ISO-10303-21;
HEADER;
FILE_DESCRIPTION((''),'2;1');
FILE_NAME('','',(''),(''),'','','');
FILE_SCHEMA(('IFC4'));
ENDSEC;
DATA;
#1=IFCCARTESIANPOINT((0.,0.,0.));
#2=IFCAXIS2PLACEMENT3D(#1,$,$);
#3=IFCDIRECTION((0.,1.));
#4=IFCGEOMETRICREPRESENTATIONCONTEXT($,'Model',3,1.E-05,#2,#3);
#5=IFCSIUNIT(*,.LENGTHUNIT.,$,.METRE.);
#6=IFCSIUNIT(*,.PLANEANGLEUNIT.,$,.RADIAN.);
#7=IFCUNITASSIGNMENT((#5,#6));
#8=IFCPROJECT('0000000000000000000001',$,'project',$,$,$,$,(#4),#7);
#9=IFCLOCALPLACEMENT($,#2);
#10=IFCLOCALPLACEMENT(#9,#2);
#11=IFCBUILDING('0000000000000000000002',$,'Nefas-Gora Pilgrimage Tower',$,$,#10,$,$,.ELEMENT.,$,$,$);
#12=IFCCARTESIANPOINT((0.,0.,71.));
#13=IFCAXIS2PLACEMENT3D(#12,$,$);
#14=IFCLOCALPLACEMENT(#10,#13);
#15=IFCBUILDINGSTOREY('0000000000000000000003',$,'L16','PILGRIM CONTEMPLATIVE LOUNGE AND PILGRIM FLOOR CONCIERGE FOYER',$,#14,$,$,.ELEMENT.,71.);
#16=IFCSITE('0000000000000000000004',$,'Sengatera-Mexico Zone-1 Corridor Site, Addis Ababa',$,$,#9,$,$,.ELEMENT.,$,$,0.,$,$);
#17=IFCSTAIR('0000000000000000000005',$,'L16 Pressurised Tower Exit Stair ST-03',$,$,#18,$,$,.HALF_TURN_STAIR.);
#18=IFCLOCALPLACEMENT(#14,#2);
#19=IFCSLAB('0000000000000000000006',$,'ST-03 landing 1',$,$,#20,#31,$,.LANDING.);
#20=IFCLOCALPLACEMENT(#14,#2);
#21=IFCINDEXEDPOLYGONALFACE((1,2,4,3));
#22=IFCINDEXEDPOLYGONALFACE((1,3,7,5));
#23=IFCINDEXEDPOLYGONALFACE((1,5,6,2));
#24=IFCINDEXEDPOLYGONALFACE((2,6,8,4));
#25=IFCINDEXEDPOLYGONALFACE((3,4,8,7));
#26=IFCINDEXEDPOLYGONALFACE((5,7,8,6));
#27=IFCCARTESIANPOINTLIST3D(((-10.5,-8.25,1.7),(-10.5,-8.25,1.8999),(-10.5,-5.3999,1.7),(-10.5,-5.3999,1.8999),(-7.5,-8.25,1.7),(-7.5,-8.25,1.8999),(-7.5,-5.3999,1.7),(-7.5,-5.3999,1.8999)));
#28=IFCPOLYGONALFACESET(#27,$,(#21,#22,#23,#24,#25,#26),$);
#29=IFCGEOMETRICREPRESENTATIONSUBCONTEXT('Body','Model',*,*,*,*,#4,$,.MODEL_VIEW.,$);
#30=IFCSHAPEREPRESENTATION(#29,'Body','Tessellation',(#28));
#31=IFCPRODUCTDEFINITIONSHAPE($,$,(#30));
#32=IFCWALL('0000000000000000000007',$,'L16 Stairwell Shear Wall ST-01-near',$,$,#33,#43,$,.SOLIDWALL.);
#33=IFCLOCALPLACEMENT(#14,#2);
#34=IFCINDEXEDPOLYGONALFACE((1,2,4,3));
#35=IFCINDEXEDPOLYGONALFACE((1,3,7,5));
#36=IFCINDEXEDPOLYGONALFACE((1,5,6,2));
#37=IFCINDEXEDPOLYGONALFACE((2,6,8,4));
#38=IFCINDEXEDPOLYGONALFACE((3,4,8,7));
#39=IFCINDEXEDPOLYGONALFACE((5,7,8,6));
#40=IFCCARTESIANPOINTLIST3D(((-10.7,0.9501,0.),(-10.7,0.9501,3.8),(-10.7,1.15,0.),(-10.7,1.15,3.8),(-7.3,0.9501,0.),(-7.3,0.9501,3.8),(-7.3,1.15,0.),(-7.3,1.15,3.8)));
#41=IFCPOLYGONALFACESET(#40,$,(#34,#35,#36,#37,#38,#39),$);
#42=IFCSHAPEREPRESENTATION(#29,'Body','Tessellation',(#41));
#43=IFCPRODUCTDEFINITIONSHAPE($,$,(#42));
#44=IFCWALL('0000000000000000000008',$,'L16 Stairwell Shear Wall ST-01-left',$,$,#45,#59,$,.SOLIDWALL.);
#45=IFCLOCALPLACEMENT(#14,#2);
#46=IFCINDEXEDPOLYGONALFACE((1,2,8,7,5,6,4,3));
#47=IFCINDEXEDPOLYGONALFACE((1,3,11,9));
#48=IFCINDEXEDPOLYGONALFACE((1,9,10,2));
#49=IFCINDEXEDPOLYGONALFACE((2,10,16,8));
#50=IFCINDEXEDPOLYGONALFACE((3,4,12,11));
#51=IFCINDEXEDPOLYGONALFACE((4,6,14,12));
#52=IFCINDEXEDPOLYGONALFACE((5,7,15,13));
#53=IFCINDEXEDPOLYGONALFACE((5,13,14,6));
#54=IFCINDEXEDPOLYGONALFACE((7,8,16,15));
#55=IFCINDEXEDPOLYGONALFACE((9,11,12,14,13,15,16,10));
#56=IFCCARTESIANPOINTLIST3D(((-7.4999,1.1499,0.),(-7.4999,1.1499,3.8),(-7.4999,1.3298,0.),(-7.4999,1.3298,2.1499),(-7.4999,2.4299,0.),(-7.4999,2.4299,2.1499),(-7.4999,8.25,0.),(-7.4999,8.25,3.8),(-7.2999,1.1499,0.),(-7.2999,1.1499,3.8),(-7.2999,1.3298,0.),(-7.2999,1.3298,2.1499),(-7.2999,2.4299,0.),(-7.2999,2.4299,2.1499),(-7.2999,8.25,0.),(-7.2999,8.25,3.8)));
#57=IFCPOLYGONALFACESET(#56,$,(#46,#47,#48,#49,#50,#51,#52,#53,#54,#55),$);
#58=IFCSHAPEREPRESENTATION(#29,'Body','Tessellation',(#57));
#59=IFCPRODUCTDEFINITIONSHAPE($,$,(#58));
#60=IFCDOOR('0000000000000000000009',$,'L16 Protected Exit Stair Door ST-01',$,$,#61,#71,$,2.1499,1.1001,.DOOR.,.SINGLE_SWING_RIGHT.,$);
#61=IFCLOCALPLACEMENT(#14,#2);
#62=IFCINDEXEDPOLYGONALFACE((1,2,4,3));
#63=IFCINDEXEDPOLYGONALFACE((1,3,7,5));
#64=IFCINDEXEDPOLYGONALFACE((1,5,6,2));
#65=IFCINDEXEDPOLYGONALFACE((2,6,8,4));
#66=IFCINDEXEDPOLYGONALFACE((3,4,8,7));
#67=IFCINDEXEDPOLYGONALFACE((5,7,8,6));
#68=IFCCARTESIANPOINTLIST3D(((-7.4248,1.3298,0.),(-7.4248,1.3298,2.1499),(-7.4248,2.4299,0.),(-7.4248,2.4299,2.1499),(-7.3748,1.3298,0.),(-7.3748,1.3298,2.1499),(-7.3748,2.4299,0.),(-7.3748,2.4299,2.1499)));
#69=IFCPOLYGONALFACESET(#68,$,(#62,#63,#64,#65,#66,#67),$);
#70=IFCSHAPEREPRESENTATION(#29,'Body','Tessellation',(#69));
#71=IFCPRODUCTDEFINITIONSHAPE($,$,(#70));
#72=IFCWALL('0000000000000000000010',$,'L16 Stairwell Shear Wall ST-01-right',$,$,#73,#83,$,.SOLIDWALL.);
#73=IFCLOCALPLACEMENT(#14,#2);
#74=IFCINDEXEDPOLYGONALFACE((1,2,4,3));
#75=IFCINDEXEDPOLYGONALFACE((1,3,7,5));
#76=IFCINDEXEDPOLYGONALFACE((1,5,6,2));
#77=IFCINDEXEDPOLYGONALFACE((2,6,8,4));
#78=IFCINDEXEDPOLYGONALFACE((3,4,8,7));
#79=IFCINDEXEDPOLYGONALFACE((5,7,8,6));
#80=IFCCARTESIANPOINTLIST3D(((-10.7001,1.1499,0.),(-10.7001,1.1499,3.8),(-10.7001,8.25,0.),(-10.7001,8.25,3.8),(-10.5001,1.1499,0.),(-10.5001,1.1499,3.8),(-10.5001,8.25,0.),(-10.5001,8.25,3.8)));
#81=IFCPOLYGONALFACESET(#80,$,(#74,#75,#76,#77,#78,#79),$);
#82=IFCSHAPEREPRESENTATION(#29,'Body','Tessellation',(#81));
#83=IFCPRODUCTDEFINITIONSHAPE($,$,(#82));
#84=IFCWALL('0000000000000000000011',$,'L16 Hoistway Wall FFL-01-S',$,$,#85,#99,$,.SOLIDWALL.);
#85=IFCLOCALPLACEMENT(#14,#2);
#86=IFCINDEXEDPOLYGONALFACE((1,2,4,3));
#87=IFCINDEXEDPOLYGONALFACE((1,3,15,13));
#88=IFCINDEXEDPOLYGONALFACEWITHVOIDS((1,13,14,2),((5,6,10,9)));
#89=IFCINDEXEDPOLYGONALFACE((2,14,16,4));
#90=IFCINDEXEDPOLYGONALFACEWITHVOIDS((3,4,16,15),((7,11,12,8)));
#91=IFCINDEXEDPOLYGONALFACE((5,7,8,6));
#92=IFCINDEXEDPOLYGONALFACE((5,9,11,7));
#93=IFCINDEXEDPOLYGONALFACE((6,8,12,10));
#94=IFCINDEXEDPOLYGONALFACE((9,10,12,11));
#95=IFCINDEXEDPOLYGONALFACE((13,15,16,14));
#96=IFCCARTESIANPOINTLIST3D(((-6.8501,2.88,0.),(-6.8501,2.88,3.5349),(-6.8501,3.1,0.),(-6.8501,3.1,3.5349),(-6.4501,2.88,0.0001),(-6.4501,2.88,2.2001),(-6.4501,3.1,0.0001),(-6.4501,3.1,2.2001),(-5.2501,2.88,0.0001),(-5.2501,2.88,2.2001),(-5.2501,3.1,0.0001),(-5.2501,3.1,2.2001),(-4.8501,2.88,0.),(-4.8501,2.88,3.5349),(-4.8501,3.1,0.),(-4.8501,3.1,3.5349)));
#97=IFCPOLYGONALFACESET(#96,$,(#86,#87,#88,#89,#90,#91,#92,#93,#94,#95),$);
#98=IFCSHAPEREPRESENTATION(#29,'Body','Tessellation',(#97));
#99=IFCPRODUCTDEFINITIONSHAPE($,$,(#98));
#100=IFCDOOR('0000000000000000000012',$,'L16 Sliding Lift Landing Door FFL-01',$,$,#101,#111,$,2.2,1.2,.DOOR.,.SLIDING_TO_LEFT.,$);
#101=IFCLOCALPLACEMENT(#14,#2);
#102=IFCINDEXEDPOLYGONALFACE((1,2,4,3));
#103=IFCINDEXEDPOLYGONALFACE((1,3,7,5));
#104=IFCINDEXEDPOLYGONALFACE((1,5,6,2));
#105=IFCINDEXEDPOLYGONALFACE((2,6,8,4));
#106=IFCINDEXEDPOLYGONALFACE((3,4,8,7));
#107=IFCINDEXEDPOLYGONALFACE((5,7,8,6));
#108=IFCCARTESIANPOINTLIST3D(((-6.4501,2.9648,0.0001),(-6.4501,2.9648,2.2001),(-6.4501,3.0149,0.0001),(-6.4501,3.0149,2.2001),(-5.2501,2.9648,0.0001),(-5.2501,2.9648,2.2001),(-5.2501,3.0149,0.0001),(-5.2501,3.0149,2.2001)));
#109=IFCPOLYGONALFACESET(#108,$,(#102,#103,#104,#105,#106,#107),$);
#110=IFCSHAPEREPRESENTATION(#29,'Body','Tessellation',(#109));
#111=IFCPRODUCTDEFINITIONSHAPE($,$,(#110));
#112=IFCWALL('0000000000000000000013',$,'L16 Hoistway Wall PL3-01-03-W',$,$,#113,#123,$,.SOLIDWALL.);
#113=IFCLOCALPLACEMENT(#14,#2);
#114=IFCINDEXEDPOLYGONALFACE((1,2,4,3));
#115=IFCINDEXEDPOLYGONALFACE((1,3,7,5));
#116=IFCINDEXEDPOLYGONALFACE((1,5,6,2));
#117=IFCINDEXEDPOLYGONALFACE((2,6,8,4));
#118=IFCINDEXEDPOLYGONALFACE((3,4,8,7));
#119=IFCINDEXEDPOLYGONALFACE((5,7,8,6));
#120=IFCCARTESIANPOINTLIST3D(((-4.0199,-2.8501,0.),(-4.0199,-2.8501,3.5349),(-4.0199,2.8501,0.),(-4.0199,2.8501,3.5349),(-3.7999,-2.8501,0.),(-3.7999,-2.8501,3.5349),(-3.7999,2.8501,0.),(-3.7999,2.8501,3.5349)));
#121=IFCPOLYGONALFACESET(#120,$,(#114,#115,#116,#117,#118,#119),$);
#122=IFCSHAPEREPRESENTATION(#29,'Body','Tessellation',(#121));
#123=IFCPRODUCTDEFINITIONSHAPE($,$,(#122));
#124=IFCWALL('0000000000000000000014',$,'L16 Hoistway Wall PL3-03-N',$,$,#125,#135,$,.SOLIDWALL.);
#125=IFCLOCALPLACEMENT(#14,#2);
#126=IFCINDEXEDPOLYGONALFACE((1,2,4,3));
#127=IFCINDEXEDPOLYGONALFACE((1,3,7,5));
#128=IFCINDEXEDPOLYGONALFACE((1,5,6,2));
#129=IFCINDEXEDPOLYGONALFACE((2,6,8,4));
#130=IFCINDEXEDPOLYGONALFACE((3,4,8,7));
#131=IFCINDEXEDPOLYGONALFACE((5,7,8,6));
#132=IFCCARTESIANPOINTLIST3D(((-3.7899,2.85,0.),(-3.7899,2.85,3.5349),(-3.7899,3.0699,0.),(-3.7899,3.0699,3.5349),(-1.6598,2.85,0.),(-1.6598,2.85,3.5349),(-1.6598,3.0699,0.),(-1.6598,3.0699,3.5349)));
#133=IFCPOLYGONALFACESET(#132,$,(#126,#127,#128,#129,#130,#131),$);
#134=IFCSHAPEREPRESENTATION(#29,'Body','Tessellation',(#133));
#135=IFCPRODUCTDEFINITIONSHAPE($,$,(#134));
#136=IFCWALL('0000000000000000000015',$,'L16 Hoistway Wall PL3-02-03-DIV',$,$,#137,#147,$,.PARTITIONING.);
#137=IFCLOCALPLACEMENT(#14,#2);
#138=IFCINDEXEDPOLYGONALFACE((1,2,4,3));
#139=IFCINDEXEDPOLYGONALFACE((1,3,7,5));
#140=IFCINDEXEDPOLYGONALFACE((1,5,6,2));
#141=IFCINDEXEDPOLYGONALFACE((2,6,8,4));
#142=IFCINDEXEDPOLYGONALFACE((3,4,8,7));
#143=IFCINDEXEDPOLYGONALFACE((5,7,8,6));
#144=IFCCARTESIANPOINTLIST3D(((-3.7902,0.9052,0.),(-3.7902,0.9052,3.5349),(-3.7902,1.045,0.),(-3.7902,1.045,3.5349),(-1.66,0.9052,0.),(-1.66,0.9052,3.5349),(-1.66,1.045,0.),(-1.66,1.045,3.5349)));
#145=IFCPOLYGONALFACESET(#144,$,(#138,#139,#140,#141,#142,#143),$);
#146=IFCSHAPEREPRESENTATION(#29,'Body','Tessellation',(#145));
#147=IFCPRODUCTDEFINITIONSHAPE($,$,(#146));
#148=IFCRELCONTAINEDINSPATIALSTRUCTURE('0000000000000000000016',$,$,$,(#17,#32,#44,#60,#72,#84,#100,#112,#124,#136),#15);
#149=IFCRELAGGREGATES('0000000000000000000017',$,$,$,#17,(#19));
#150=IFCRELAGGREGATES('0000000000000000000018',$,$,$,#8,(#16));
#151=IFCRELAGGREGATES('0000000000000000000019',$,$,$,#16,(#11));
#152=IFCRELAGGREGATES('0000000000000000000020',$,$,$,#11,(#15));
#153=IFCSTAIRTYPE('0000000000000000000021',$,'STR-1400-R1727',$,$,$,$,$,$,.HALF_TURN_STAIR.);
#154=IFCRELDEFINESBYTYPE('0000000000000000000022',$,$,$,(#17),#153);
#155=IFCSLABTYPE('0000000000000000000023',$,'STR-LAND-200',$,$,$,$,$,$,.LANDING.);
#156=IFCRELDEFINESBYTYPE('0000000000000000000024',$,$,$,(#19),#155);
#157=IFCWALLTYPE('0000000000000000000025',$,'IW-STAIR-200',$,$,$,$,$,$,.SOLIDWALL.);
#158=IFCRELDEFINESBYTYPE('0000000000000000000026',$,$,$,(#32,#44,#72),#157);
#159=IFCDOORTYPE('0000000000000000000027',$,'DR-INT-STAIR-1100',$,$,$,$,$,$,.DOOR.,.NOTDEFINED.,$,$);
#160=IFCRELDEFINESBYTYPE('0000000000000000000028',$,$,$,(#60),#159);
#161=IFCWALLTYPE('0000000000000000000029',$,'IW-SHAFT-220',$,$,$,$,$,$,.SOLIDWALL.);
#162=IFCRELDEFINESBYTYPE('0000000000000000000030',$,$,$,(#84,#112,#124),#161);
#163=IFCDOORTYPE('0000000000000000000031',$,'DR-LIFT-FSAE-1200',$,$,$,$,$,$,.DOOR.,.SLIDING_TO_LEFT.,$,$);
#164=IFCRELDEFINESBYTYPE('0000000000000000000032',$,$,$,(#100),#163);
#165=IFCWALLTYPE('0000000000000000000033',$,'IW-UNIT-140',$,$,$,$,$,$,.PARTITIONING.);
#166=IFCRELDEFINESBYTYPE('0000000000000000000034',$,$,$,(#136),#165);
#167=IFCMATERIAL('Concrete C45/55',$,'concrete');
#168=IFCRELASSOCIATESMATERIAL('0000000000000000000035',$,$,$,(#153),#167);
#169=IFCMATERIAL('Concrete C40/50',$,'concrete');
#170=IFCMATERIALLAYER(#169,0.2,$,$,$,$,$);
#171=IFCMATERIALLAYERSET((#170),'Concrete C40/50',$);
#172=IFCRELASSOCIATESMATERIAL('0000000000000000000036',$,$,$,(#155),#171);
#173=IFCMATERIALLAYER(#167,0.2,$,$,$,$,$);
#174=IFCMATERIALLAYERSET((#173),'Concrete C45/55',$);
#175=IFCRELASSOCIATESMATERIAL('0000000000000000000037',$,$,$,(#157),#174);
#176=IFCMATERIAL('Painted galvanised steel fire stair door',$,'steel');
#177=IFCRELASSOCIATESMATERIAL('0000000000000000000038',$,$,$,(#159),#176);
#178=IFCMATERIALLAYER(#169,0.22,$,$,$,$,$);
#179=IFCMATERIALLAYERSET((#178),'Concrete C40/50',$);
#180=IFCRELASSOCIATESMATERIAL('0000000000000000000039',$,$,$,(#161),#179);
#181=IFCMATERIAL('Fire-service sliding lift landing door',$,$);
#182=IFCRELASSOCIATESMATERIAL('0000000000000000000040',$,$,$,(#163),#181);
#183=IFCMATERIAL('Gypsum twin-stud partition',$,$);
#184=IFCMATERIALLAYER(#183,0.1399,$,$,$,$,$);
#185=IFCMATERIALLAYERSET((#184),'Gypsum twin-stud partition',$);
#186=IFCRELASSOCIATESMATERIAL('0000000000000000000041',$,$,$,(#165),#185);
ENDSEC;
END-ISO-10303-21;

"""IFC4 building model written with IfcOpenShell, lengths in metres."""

from ifc_helpers import new_model, si_unit, direction, frame, frame_2d, origin, place, context, subcontext, project, spatial, polyline, rectangle, outline, extrude, source, transform, mapped, material, layer, layer_set, type_object, element, fill, aggregate, save


model = new_model("IFC4")

# Units and contexts
model_context = context("Model", 3, precision=1e-05, world=origin(), true_north=direction((0.0, 1.0)))
body_context = subcontext(model_context, "Body", "Model", "MODEL_VIEW")
ifc_project = project(units=[si_unit("LENGTHUNIT", "METRE"), si_unit("PLANEANGLEUNIT", "RADIAN")], contexts=[model_context])

# Site, building, storey
site_placement = place(None, origin())
site = spatial("IfcSite", under=ifc_project, at=site_placement, Name="Sengatera-Mexico Zone-1 Corridor Site, Addis Ababa", CompositionType="ELEMENT", RefElevation=0.0)
building_placement = place(site_placement, origin())
building = spatial("IfcBuilding", under=site, at=building_placement, Name="Nefas-Gora Pilgrimage Tower", CompositionType="ELEMENT")
storey_placement = place(building_placement, frame((0.0, 0.0, 71.0)))
storey = spatial("IfcBuildingStorey", under=building, at=storey_placement, Name="L16", Description="PILGRIM CONTEMPLATIVE LOUNGE AND PILGRIM FLOOR CONCIERGE FOYER", CompositionType="ELEMENT", Elevation=71.0)

# Shared definitions
ifc_material_1 = material(Name="Concrete C40/50", Category="concrete")

# Stair, slab
ifc_material_2 = material(Name="Concrete C45/55", Category="concrete")
stair_type = type_object("IfcStairType", Name="STR-1400-R1727", PredefinedType="HALF_TURN_STAIR", material=ifc_material_2)
ifc_layer_1 = layer(ifc_material_1, 0.2)
ifc_layer_set_1 = layer_set([ifc_layer_1], Name="Concrete C40/50")
slab_type_1 = type_object("IfcSlabType", Name="STR-LAND-200", PredefinedType="LANDING", material=ifc_layer_set_1)
stair_1_placement = place(storey_placement, origin())
stair_1 = element("IfcStair", 1, at=stair_1_placement, inside=storey, type_object=stair_type, Name="L16 Pressurised Tower Exit Stair ST-03", PredefinedType="HALF_TURN_STAIR")
slab_1_placement = place(storey_placement, frame((0.0, 0.0, 1.7)))
slab_1 = element("IfcSlab", 2, at=slab_1_placement, type_object=slab_type_1, Name="ST-03 landing 1", PredefinedType="LANDING", context=body_context, shape_type="SweptSolid", body=[
    extrude(outline(polyline([(-10.5, -5.3999), (-10.5, -8.25), (-7.5, -8.25), (-7.5, -5.3999), (-10.5, -5.3999)])), origin(), (0.0, 0.0, 1.0), 0.2),
])
aggregate(stair_1, [slab_1])

# Wall
ifc_layer_2 = layer(ifc_material_2, 0.2)
ifc_layer_set_2 = layer_set([ifc_layer_2], Name="Concrete C45/55")
wall_type_1 = type_object("IfcWallType", Name="IW-STAIR-200", PredefinedType="SOLIDWALL", material=ifc_layer_set_2)
shared_shape_1 = source(origin(), body_context, "Body", "SweptSolid", [
    extrude(rectangle(XDim=3.3999, YDim=0.2, at=frame_2d((1.7, 0.0))), origin(), (0.0, 0.0, 1.0), 3.8),
])
wall_1_placement = place(storey_placement, frame((-7.3, 1.05, 0.0), z_axis=(0.0, 0.0, 1.0), x_axis=(-1.0, 0.0, 0.0)))
element("IfcWall", 3, at=wall_1_placement, inside=storey, type_object=wall_type_1, Name="L16 Stairwell Shear Wall ST-01-near", PredefinedType="SOLIDWALL", context=body_context, shape_type="MappedRepresentation", body=[
    mapped(shared_shape_1, transform((0.0, 0.0, 0.0), x_axis=(1.0, 0.0, 0.0), y_axis=(0.0, 1.0, 0.0), z_axis=(0.0, 0.0, 1.0), scale=1.0)),
])

# Wall, opening, door
shared_shape_2 = source(origin(), body_context, "Body", "SweptSolid", [
    extrude(rectangle(XDim=7.1001, YDim=0.2, at=frame_2d((3.55, 0.0))), origin(), (0.0, 0.0, 1.0), 3.8),
])
wall_2_placement = place(storey_placement, frame((-7.3999, 1.1499, 0.0), z_axis=(0.0, 0.0, 1.0), x_axis=(0.0, 1.0, 0.0)))
wall_2 = element("IfcWall", 4, at=wall_2_placement, inside=storey, type_object=wall_type_1, Name="L16 Stairwell Shear Wall ST-01-left", PredefinedType="SOLIDWALL", context=body_context, shape_type="MappedRepresentation", body=[
    mapped(shared_shape_2, transform((0.0, 0.0, 0.0), x_axis=(1.0, 0.0, 0.0), y_axis=(0.0, 1.0, 0.0), z_axis=(0.0, 0.0, 1.0), scale=1.0)),
])
opening_1_placement = place(wall_2_placement, frame((0.1799, 0.0, 0.0)))
opening_1 = element("IfcOpeningElement", 5, at=opening_1_placement, cuts=wall_2, PredefinedType="OPENING", context=body_context, shape_type="SweptSolid", body=[
    extrude(rectangle(XDim=1.1001, YDim=2.1499, at=frame_2d((0.55, 1.075))), frame((0.0, 0.1099, 0.0), z_axis=(0.0, -1.0, 0.0), x_axis=(1.0, 0.0, 0.0)), (0.0, 0.0, 1.0), 0.22),
])
ifc_material_3 = material(Name="Painted galvanised steel fire stair door", Category="steel")
door_type_1 = type_object("IfcDoorType", Name="DR-INT-STAIR-1100", OperationType="NOTDEFINED", PredefinedType="DOOR", material=ifc_material_3)
shared_shape_3 = source(origin(), body_context, "Body", "SweptSolid", [
    extrude(rectangle(XDim=1.1001, YDim=2.1499, at=frame_2d((0.55, 1.075))), frame((0.0, 0.0249, 0.0), z_axis=(0.0, -1.0, 0.0), x_axis=(1.0, 0.0, 0.0)), (0.0, 0.0, 1.0), 0.05),
])
door_1_placement = place(opening_1_placement, origin())
door_1 = element("IfcDoor", 6, at=door_1_placement, inside=storey, type_object=door_type_1, Name="L16 Protected Exit Stair Door ST-01", OperationType="SINGLE_SWING_RIGHT", OverallHeight=2.1499, OverallWidth=1.1001, PredefinedType="DOOR", context=body_context, shape_type="MappedRepresentation", body=[
    mapped(shared_shape_3, transform((0.0, 0.0, 0.0), x_axis=(1.0, 0.0, 0.0), y_axis=(0.0, 1.0, 0.0), z_axis=(0.0, 0.0, 1.0), scale=1.0)),
])
fill(opening_1, door_1)

# Wall
wall_3_placement = place(storey_placement, frame((-10.6001, 1.1499, 0.0), z_axis=(0.0, 0.0, 1.0), x_axis=(0.0, 1.0, 0.0)))
element("IfcWall", 7, at=wall_3_placement, inside=storey, type_object=wall_type_1, Name="L16 Stairwell Shear Wall ST-01-right", PredefinedType="SOLIDWALL", context=body_context, shape_type="MappedRepresentation", body=[
    mapped(shared_shape_2, transform((0.0, 0.0, 0.0), x_axis=(1.0, 0.0, 0.0), y_axis=(0.0, 1.0, 0.0), z_axis=(0.0, 0.0, 1.0), scale=1.0)),
])

# Wall, opening, door
ifc_layer_3 = layer(ifc_material_1, 0.22)
ifc_layer_set_3 = layer_set([ifc_layer_3], Name="Concrete C40/50")
wall_type_2 = type_object("IfcWallType", Name="IW-SHAFT-220", PredefinedType="SOLIDWALL", material=ifc_layer_set_3)
shared_shape_4 = source(origin(), body_context, "Body", "SweptSolid", [
    extrude(rectangle(XDim=2.0, YDim=0.22, at=frame_2d((1.0, 0.0))), origin(), (0.0, 0.0, 1.0), 3.5349),
])
wall_4_placement = place(storey_placement, frame((-6.8501, 2.99, 0.0), z_axis=(0.0, 0.0, 1.0), x_axis=(1.0, 0.0, 0.0)))
wall_4 = element("IfcWall", 8, at=wall_4_placement, inside=storey, type_object=wall_type_2, Name="L16 Hoistway Wall FFL-01-S", PredefinedType="SOLIDWALL", context=body_context, shape_type="MappedRepresentation", body=[
    mapped(shared_shape_4, transform((0.0, 0.0, 0.0), x_axis=(1.0, 0.0, 0.0), y_axis=(0.0, 1.0, 0.0), z_axis=(0.0, 0.0, 1.0), scale=1.0)),
])
opening_2_placement = place(wall_4_placement, frame((0.3999, 0.0, 0.0)))
opening_2 = element("IfcOpeningElement", 9, at=opening_2_placement, cuts=wall_4, PredefinedType="OPENING", context=body_context, shape_type="SweptSolid", body=[
    extrude(rectangle(XDim=1.2, YDim=2.2, at=frame_2d((0.6001, 1.1001))), frame((0.0, 0.1199, 0.0), z_axis=(0.0, -1.0, 0.0), x_axis=(1.0, 0.0, 0.0)), (0.0, 0.0, 1.0), 0.24),
])
ifc_material_4 = material(Name="Fire-service sliding lift landing door")
door_type_2 = type_object("IfcDoorType", Name="DR-LIFT-FSAE-1200", OperationType="SLIDING_TO_LEFT", PredefinedType="DOOR", material=ifc_material_4)
shared_shape_5 = source(origin(), body_context, "Body", "SweptSolid", [
    extrude(rectangle(XDim=1.2, YDim=2.2, at=frame_2d((0.6001, 1.1001))), frame((0.0, 0.0249, 0.0), z_axis=(0.0, -1.0, 0.0), x_axis=(1.0, 0.0, 0.0)), (0.0, 0.0, 1.0), 0.05),
])
door_2_placement = place(opening_2_placement, origin())
door_2 = element("IfcDoor", 10, at=door_2_placement, inside=storey, type_object=door_type_2, Name="L16 Sliding Lift Landing Door FFL-01", OperationType="SLIDING_TO_LEFT", OverallHeight=2.2, OverallWidth=1.2, PredefinedType="DOOR", context=body_context, shape_type="MappedRepresentation", body=[
    mapped(shared_shape_5, transform((0.0, 0.0, 0.0), x_axis=(1.0, 0.0, 0.0), y_axis=(0.0, 1.0, 0.0), z_axis=(0.0, 0.0, 1.0), scale=1.0)),
])
fill(opening_2, door_2)

# Walls
shared_shape_6 = source(origin(), body_context, "Body", "SweptSolid", [
    extrude(rectangle(XDim=5.7002, YDim=0.22, at=frame_2d((2.8501, 0.0))), origin(), (0.0, 0.0, 1.0), 3.5349),
])
wall_5_placement = place(storey_placement, frame((-3.9099, 2.8501, 0.0), z_axis=(0.0, 0.0, 1.0), x_axis=(0.0, -1.0, 0.0)))
element("IfcWall", 11, at=wall_5_placement, inside=storey, type_object=wall_type_2, Name="L16 Hoistway Wall PL3-01-03-W", PredefinedType="SOLIDWALL", context=body_context, shape_type="MappedRepresentation", body=[
    mapped(shared_shape_6, transform((0.0, 0.0, 0.0), x_axis=(1.0, 0.0, 0.0), y_axis=(0.0, 1.0, 0.0), z_axis=(0.0, 0.0, 1.0), scale=1.0)),
])
shared_shape_7 = source(origin(), body_context, "Body", "SweptSolid", [
    extrude(rectangle(XDim=2.1301, YDim=0.22, at=frame_2d((1.0649, 0.0))), origin(), (0.0, 0.0, 1.0), 3.5349),
])
wall_6_placement = place(storey_placement, frame((-1.6599, 2.96, 0.0), z_axis=(0.0, 0.0, 1.0), x_axis=(-1.0, 0.0, 0.0)))
element("IfcWall", 12, at=wall_6_placement, inside=storey, type_object=wall_type_2, Name="L16 Hoistway Wall PL3-03-N", PredefinedType="SOLIDWALL", context=body_context, shape_type="MappedRepresentation", body=[
    mapped(shared_shape_7, transform((0.0, 0.0, 0.0), x_axis=(1.0, 0.0, 0.0), y_axis=(0.0, 1.0, 0.0), z_axis=(0.0, 0.0, 1.0), scale=1.0)),
])
ifc_material_5 = material(Name="Gypsum twin-stud partition")
ifc_layer_4 = layer(ifc_material_5, 0.1399)
ifc_layer_set_4 = layer_set([ifc_layer_4], Name="Gypsum twin-stud partition")
wall_type_3 = type_object("IfcWallType", Name="IW-UNIT-140", PredefinedType="PARTITIONING", material=ifc_layer_set_4)
shared_shape_8 = source(origin(), body_context, "Body", "SweptSolid", [
    extrude(rectangle(XDim=2.1301, YDim=0.1399, at=frame_2d((1.0649, 0.0))), origin(), (0.0, 0.0, 1.0), 3.5349),
])
wall_7_placement = place(storey_placement, frame((-3.79, 0.9751, 0.0), z_axis=(0.0, 0.0, 1.0), x_axis=(1.0, 0.0, 0.0)))
element("IfcWall", 13, at=wall_7_placement, inside=storey, type_object=wall_type_3, Name="L16 Hoistway Wall PL3-02-03-DIV", PredefinedType="PARTITIONING", context=body_context, shape_type="MappedRepresentation", body=[
    mapped(shared_shape_8, transform((0.0, 0.0, 0.0), x_axis=(1.0, 0.0, 0.0), y_axis=(0.0, 1.0, 0.0), z_axis=(0.0, 0.0, 1.0), scale=1.0)),
])

save(model, "model.ifc")
